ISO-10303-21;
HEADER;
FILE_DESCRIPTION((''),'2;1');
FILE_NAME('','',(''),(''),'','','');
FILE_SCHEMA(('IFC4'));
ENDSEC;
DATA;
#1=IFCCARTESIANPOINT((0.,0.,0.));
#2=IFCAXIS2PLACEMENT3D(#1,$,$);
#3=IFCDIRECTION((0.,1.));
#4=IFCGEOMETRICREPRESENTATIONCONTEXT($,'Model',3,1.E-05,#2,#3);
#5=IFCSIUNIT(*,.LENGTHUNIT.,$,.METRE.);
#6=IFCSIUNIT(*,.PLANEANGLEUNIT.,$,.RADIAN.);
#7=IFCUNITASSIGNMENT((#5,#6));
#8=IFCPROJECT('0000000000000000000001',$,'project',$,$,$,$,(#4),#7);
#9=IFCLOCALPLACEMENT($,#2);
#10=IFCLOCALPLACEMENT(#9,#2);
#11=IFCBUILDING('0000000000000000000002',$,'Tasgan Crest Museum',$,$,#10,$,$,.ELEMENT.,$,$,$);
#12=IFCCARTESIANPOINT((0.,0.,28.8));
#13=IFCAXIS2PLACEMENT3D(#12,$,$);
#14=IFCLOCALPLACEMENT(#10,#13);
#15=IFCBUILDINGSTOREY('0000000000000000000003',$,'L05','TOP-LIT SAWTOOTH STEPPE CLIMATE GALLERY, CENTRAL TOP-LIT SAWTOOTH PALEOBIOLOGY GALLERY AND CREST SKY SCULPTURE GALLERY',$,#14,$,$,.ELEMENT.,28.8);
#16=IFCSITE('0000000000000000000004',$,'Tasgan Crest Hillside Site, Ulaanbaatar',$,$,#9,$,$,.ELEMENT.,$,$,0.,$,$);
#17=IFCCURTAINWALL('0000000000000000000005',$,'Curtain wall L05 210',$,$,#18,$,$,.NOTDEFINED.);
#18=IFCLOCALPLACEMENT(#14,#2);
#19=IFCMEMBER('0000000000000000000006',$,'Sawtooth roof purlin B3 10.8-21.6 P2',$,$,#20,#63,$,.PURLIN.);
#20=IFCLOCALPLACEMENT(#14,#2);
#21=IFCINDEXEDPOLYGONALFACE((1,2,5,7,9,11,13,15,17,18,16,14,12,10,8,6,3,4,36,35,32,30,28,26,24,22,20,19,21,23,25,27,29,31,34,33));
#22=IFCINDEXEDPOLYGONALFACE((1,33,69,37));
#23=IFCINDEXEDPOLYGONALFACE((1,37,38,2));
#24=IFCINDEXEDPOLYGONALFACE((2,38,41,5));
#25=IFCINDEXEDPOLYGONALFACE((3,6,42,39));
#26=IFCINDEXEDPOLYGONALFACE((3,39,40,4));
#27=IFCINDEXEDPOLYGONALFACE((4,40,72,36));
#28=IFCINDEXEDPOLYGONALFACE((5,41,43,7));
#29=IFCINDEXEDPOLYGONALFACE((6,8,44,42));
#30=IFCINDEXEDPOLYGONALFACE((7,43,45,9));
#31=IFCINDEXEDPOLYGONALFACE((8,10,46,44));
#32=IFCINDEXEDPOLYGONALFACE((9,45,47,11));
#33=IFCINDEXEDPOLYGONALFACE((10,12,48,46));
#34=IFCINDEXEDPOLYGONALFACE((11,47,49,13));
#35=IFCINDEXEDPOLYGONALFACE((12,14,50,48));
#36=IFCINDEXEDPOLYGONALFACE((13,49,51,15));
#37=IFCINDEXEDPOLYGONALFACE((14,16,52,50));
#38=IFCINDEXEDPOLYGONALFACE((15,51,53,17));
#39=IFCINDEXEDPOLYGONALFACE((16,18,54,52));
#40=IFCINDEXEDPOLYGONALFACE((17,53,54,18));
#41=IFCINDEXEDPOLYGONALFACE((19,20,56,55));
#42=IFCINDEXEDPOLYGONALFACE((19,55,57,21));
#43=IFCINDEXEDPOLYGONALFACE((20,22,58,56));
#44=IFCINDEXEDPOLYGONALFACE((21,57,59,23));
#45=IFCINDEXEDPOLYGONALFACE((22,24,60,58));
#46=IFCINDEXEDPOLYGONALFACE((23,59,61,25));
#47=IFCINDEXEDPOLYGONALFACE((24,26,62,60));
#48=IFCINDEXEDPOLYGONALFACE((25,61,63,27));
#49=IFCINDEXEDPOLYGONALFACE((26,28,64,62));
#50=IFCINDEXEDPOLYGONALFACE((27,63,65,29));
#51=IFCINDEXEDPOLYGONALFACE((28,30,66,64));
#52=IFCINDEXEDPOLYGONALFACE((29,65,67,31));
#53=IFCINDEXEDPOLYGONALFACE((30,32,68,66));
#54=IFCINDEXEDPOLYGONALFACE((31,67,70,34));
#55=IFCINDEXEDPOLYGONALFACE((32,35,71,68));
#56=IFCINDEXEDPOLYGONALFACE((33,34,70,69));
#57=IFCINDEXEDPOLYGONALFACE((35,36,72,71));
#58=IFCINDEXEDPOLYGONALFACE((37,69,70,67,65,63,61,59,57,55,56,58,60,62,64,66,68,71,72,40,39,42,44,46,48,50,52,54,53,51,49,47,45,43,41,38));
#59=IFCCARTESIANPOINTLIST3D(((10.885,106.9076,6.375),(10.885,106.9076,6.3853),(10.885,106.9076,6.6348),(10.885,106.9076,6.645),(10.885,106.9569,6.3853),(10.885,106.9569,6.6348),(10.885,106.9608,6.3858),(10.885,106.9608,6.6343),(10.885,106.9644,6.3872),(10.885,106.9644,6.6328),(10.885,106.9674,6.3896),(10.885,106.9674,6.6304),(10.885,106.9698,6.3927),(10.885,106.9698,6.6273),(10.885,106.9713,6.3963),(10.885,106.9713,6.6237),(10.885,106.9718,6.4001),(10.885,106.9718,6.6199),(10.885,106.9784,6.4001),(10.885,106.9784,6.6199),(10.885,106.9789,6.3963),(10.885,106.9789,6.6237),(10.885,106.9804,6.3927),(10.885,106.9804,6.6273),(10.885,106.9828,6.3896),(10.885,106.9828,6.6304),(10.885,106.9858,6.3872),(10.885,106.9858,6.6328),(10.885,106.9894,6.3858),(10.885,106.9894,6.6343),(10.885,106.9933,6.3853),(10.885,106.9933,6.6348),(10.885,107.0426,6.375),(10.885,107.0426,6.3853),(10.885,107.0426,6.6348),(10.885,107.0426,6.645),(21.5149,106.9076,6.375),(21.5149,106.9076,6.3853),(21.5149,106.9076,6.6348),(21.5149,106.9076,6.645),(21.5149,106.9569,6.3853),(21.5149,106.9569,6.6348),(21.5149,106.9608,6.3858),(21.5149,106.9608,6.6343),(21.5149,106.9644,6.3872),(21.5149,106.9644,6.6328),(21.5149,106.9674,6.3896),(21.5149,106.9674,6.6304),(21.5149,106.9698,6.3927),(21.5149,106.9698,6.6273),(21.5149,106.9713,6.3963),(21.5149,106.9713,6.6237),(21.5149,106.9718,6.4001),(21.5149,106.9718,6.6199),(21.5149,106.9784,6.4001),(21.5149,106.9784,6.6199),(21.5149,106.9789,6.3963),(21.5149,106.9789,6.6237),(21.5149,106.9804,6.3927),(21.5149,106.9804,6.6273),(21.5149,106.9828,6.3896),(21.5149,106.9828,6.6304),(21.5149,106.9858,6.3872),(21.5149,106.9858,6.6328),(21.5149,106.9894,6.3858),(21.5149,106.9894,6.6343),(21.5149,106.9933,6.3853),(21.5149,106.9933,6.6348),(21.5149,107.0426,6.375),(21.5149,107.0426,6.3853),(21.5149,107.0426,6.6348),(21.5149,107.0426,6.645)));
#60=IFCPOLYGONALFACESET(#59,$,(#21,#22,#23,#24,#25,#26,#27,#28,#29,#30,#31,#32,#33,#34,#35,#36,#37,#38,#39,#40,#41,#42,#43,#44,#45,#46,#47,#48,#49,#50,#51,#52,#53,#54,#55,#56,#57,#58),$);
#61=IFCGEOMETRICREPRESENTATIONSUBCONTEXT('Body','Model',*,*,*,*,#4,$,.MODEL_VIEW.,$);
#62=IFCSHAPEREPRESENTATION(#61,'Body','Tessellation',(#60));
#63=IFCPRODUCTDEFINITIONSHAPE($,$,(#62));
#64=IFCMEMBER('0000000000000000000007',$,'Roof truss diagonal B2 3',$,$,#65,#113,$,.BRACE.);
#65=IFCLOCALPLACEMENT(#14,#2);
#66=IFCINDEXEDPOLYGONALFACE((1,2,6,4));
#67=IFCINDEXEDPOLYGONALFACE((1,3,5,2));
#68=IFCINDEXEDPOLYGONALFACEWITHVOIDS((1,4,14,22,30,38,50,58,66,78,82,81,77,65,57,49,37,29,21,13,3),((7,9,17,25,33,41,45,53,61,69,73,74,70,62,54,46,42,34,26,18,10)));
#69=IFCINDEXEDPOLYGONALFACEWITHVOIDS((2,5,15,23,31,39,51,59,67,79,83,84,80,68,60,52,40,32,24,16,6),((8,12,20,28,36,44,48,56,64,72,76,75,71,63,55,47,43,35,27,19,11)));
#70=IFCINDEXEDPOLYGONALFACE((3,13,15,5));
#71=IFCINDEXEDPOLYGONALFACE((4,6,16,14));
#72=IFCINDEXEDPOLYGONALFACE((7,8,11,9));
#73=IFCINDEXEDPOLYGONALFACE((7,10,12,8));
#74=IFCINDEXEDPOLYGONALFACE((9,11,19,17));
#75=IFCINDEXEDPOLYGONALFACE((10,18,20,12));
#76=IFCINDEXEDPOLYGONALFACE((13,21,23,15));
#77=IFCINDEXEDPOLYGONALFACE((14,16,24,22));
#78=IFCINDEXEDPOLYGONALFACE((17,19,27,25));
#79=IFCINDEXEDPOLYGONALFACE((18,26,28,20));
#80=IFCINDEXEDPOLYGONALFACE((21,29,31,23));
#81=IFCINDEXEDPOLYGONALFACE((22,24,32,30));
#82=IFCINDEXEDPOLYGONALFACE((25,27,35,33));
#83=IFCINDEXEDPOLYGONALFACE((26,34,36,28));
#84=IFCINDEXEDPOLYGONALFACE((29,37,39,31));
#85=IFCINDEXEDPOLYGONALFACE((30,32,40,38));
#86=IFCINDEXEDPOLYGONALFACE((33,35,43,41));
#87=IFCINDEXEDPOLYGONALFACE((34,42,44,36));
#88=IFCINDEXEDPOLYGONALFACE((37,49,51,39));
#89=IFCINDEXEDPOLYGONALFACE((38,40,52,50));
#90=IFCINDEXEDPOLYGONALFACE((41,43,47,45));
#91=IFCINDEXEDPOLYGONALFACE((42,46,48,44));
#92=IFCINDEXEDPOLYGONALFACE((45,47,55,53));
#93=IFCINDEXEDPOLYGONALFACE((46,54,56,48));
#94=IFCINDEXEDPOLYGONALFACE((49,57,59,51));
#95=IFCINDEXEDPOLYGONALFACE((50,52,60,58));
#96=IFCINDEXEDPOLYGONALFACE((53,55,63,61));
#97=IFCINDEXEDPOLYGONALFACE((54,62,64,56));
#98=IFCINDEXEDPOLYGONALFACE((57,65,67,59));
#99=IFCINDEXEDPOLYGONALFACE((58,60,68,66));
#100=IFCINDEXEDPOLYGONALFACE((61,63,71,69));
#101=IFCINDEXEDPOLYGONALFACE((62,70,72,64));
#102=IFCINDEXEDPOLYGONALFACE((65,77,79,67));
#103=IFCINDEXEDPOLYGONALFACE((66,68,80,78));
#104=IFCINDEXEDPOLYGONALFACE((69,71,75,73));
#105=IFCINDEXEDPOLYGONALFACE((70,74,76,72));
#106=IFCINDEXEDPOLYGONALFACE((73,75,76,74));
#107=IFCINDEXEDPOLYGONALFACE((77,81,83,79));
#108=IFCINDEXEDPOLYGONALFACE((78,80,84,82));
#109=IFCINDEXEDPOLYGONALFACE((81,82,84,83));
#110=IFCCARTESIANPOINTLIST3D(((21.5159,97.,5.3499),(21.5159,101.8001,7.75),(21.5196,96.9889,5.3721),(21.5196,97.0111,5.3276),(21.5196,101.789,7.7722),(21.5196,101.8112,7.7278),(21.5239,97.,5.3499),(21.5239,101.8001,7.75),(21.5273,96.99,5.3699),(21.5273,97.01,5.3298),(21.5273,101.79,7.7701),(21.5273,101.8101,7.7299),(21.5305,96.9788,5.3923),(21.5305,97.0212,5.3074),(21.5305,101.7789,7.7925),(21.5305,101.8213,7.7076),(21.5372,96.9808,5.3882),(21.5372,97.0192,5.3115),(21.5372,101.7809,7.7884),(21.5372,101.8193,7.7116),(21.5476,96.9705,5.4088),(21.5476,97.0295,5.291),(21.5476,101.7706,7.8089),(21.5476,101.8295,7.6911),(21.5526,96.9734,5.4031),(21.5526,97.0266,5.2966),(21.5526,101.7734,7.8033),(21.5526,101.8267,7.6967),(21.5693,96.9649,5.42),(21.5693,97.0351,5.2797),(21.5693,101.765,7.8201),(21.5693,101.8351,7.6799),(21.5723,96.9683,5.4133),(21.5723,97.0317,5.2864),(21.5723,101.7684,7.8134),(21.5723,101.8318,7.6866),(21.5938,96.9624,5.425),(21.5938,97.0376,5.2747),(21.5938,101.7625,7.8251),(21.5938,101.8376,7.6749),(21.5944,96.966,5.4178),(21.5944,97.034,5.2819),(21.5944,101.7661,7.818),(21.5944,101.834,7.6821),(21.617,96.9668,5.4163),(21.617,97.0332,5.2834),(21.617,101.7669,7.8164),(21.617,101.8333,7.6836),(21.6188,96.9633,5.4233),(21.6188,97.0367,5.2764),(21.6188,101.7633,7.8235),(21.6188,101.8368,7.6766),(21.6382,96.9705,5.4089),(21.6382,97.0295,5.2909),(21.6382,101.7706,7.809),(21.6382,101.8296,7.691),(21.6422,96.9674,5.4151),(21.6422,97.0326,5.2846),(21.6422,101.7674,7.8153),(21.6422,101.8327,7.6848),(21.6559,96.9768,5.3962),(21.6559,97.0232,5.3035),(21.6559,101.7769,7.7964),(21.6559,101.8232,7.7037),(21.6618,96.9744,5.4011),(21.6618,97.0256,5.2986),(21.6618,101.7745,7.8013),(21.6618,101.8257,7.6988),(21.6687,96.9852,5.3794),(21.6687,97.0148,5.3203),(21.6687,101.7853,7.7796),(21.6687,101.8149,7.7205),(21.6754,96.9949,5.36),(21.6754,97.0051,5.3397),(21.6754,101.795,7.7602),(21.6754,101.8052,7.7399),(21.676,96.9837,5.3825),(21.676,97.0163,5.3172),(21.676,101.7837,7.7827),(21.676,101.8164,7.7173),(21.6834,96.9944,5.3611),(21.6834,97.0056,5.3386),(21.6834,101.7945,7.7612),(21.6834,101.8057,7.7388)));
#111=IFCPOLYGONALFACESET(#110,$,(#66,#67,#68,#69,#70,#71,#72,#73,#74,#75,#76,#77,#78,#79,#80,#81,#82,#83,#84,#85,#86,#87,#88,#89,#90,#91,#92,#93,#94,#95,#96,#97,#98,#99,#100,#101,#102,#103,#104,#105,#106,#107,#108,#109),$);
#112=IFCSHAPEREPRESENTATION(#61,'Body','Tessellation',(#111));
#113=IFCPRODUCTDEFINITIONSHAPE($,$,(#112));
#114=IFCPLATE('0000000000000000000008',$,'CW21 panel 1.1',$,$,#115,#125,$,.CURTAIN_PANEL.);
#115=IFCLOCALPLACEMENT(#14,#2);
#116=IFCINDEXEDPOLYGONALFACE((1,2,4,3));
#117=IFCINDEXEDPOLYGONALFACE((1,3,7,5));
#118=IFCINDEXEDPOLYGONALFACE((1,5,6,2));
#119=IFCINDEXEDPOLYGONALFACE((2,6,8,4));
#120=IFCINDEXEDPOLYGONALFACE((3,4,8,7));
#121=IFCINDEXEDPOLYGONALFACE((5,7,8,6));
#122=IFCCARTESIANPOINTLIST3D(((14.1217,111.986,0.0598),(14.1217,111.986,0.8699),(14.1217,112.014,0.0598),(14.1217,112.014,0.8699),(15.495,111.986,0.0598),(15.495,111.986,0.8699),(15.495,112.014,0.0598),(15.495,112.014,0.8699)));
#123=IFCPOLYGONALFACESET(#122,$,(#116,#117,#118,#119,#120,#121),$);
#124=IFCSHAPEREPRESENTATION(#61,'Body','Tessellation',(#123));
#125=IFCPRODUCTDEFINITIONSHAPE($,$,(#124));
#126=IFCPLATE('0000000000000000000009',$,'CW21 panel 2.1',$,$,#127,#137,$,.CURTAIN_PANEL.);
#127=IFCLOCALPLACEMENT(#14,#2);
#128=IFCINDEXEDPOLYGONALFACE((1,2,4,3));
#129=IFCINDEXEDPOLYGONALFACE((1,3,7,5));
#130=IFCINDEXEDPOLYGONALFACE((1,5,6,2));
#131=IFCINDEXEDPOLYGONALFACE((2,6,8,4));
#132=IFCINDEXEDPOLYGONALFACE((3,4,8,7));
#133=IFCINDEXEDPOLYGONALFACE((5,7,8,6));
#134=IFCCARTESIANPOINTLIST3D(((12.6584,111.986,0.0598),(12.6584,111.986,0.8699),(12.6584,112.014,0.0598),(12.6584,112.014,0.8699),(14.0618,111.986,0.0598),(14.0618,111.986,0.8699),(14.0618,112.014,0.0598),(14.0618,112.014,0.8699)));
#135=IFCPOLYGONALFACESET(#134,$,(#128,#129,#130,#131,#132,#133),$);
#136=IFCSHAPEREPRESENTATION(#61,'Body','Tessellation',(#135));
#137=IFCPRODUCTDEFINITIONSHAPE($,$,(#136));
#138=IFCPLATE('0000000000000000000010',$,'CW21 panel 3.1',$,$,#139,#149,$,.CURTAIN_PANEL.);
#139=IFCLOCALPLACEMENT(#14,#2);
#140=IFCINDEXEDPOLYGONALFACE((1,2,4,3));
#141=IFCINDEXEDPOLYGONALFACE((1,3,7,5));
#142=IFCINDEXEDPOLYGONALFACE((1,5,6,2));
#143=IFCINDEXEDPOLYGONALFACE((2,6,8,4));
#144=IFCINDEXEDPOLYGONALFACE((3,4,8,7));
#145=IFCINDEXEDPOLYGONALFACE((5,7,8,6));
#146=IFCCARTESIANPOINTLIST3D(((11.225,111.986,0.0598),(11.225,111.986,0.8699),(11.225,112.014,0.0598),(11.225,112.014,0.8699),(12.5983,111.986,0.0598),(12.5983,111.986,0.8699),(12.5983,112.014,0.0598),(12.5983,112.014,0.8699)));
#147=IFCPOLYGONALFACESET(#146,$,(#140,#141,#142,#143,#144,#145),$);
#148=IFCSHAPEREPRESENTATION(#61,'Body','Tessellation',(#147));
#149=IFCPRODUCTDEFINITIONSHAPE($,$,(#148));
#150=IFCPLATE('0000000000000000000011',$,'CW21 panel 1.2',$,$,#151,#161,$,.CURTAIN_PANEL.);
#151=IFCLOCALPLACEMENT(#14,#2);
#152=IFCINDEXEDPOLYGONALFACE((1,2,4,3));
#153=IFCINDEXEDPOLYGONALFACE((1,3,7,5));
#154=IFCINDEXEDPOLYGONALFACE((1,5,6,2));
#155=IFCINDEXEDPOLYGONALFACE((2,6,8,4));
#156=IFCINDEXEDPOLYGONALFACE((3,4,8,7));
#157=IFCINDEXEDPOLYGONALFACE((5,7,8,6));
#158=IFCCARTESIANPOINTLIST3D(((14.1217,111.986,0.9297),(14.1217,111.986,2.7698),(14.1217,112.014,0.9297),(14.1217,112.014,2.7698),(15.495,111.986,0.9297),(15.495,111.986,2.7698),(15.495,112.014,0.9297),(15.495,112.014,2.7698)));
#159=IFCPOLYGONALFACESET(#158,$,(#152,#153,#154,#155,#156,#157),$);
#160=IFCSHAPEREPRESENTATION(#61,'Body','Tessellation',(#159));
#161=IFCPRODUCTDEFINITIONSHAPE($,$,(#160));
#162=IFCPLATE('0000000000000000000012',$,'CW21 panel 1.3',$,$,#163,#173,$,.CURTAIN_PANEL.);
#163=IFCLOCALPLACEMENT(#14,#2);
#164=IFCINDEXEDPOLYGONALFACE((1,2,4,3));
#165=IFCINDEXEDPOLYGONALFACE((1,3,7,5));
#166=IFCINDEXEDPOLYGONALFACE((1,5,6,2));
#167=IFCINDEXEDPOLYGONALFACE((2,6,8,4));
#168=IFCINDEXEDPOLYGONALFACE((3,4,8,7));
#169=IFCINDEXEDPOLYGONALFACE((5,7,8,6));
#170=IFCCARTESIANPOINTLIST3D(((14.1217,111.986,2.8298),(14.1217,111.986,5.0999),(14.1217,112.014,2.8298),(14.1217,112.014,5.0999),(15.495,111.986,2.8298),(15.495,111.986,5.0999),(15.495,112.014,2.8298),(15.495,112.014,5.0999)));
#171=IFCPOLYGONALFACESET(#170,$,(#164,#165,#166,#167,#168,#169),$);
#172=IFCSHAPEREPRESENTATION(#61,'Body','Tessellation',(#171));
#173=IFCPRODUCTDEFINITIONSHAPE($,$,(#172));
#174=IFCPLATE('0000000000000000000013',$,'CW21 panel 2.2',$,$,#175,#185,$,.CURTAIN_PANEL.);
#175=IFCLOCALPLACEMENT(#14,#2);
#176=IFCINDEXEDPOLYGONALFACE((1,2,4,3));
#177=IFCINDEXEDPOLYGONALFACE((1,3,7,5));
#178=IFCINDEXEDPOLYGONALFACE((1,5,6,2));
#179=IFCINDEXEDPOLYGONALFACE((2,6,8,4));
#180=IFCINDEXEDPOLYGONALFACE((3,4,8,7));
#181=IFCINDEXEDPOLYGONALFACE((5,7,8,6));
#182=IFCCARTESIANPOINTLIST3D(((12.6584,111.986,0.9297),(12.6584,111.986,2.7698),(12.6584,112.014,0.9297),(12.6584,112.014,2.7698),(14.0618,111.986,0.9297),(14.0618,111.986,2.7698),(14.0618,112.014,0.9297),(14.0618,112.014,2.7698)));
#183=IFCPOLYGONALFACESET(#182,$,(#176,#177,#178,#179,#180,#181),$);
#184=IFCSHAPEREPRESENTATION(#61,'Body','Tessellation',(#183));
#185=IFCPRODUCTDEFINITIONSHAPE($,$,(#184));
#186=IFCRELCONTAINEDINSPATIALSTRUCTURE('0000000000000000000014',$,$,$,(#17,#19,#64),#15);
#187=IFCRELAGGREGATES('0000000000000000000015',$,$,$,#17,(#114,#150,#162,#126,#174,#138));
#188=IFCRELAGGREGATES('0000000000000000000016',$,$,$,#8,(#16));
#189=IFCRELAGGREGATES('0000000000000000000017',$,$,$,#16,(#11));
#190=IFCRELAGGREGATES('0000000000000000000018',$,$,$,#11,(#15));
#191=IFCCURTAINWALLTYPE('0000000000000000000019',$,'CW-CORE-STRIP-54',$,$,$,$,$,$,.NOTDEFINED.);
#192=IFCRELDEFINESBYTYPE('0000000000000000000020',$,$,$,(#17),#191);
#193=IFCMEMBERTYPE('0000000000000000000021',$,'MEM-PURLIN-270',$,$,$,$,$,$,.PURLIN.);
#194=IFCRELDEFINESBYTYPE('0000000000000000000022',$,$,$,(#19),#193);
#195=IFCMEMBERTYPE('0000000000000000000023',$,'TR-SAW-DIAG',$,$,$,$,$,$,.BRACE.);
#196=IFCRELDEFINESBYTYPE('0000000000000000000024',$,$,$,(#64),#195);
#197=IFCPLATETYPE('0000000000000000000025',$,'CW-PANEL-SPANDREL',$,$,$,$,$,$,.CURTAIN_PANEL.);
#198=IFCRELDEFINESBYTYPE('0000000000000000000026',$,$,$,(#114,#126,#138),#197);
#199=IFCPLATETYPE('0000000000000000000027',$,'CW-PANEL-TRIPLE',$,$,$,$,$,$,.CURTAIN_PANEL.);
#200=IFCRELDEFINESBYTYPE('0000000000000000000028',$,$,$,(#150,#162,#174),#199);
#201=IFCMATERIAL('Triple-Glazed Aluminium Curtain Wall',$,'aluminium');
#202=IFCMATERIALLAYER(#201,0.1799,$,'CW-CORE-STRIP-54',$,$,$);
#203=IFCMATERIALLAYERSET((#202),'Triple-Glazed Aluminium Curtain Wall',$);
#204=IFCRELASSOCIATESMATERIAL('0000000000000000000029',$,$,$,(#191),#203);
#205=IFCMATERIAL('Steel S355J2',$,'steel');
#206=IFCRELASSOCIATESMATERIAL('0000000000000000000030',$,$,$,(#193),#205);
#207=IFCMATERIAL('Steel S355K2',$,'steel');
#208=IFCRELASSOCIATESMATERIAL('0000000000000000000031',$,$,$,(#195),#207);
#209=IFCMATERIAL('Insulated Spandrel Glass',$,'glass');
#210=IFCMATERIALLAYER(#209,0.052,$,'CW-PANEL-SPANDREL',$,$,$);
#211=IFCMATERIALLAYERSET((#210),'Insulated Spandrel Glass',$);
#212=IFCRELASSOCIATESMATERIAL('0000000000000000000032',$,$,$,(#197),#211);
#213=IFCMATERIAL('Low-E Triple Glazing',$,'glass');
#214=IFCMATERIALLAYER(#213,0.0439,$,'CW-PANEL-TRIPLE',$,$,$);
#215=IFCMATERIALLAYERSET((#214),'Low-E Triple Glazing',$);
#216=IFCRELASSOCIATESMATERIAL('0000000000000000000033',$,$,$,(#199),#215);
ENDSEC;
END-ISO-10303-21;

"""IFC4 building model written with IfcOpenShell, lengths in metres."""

from ifc_helpers import new_model, si_unit, direction, frame, origin, origin_2d, place, context, subcontext, project, spatial, rectangle, hollow_circle, i_section, extrude, material, layer, layer_set, material_profile, profile_set, type_object, element, aggregate, save


model = new_model("IFC4")

# Units and contexts
model_context = context("Model", 3, precision=1e-05, world=origin(), true_north=direction((0.0, 1.0)))
body_context = subcontext(model_context, "Body", "Model", "MODEL_VIEW")
ifc_project = project(units=[si_unit("LENGTHUNIT", "METRE"), si_unit("PLANEANGLEUNIT", "RADIAN")], contexts=[model_context])

# Site, building, storey
site_placement = place(None, origin())
site = spatial("IfcSite", under=ifc_project, at=site_placement, Name="Tasgan Crest Hillside Site, Ulaanbaatar", CompositionType="ELEMENT", RefElevation=0.0)
building_placement = place(site_placement, origin())
building = spatial("IfcBuilding", under=site, at=building_placement, Name="Tasgan Crest Museum", CompositionType="ELEMENT")
storey_placement = place(building_placement, frame((0.0, 0.0, 28.8)))
storey = spatial("IfcBuildingStorey", under=building, at=storey_placement, Name="L05", Description="TOP-LIT SAWTOOTH STEPPE CLIMATE GALLERY, CENTRAL TOP-LIT SAWTOOTH PALEOBIOLOGY GALLERY AND CREST SKY SCULPTURE GALLERY", CompositionType="ELEMENT", Elevation=28.8)

# Curtain wall
ifc_material_1 = material(Name="Triple-Glazed Aluminium Curtain Wall", Category="aluminium")
ifc_layer_1 = layer(ifc_material_1, 0.1799, Name="CW-CORE-STRIP-54")
ifc_layer_set_1 = layer_set([ifc_layer_1], Name="Triple-Glazed Aluminium Curtain Wall")
curtain_wall_type = type_object("IfcCurtainWallType", Name="CW-CORE-STRIP-54", PredefinedType="NOTDEFINED", material=ifc_layer_set_1)
curtain_wall_placement = place(storey_placement, origin())
curtain_wall = element("IfcCurtainWall", 1, at=curtain_wall_placement, inside=storey, type_object=curtain_wall_type, Name="Curtain wall L05 210", PredefinedType="NOTDEFINED")

# Members
ifc_material_2 = material(Name="Steel S355J2", Category="steel")
ifc_material_profile_1 = material_profile(ifc_material_2, i_section(OverallWidth=0.135, OverallDepth=0.27, WebThickness=0.0066, FlangeThickness=0.0103, FilletRadius=0.0149, at=origin_2d()), Name="IPE 270")
ifc_profile_set_1 = profile_set([ifc_material_profile_1], Name="Steel S355J2")
member_type_1 = type_object("IfcMemberType", Name="MEM-PURLIN-270", PredefinedType="PURLIN", material=ifc_profile_set_1)
member_1_placement = place(storey_placement, frame((10.885, 106.9751, 6.51), z_axis=(1.0, 0.0, 0.0), x_axis=(0.0, 1.0, 0.0)))
element("IfcMember", 2, at=member_1_placement, inside=storey, type_object=member_type_1, Name="Sawtooth roof purlin B3 10.8-21.6 P2", PredefinedType="PURLIN", context=body_context, shape_type="SweptSolid", body=[
    extrude(i_section(OverallWidth=0.135, OverallDepth=0.27, WebThickness=0.0066, FlangeThickness=0.0103, FilletRadius=0.0149, at=origin_2d()), origin(), (0.0, 0.0, 1.0), 10.6299),
])
ifc_material_3 = material(Name="Steel S355K2", Category="steel")
ifc_material_profile_2 = material_profile(ifc_material_3, hollow_circle(Radius=0.0842, WallThickness=0.0081, at=origin_2d()), Name="CHS 168.3x8")
ifc_profile_set_2 = profile_set([ifc_material_profile_2], Name="Steel S355K2")
member_type_2 = type_object("IfcMemberType", Name="TR-SAW-DIAG", PredefinedType="BRACE", material=ifc_profile_set_2)
member_2_placement = place(storey_placement, frame((21.6001, 97.0, 5.3499), z_axis=(0.0, 0.894418, 0.447232), x_axis=(-1.0, 0.0, 0.0)))
element("IfcMember", 3, at=member_2_placement, inside=storey, type_object=member_type_2, Name="Roof truss diagonal B2 3", PredefinedType="BRACE", context=body_context, shape_type="SweptSolid", body=[
    extrude(hollow_circle(Radius=0.0842, WallThickness=0.0081, at=origin_2d()), origin(), (0.0, 0.0, 1.0), 5.3667),
])

# Plates
ifc_material_4 = material(Name="Insulated Spandrel Glass", Category="glass")
ifc_layer_2 = layer(ifc_material_4, 0.052, Name="CW-PANEL-SPANDREL")
ifc_layer_set_2 = layer_set([ifc_layer_2], Name="Insulated Spandrel Glass")
plate_type_1 = type_object("IfcPlateType", Name="CW-PANEL-SPANDREL", PredefinedType="CURTAIN_PANEL", material=ifc_layer_set_2)
plate_1_placement = place(storey_placement, frame((14.8083, 112.0, 0.0598), z_axis=(0.0, 0.0, 1.0), x_axis=(-1.0, 0.0, 0.0)))
plate_1 = element("IfcPlate", 4, at=plate_1_placement, type_object=plate_type_1, Name="CW21 panel 1.1", PredefinedType="CURTAIN_PANEL", context=body_context, shape_type="SweptSolid", body=[
    extrude(rectangle(XDim=1.3733, YDim=0.0281, at=origin_2d()), origin(), (0.0, 0.0, 1.0), 0.8101),
])
plate_2_placement = place(storey_placement, frame((13.3601, 112.0, 0.0598), z_axis=(0.0, 0.0, 1.0), x_axis=(-1.0, 0.0, 0.0)))
plate_2 = element("IfcPlate", 5, at=plate_2_placement, type_object=plate_type_1, Name="CW21 panel 2.1", PredefinedType="CURTAIN_PANEL", context=body_context, shape_type="SweptSolid", body=[
    extrude(rectangle(XDim=1.4033, YDim=0.0281, at=origin_2d()), origin(), (0.0, 0.0, 1.0), 0.8101),
])
plate_3_placement = place(storey_placement, frame((11.9116, 112.0, 0.0598), z_axis=(0.0, 0.0, 1.0), x_axis=(-1.0, 0.0, 0.0)))
plate_3 = element("IfcPlate", 6, at=plate_3_placement, type_object=plate_type_1, Name="CW21 panel 3.1", PredefinedType="CURTAIN_PANEL", context=body_context, shape_type="SweptSolid", body=[
    extrude(rectangle(XDim=1.3733, YDim=0.0281, at=origin_2d()), origin(), (0.0, 0.0, 1.0), 0.8101),
])
ifc_material_5 = material(Name="Low-E Triple Glazing", Category="glass")
ifc_layer_3 = layer(ifc_material_5, 0.0439, Name="CW-PANEL-TRIPLE")
ifc_layer_set_3 = layer_set([ifc_layer_3], Name="Low-E Triple Glazing")
plate_type_2 = type_object("IfcPlateType", Name="CW-PANEL-TRIPLE", PredefinedType="CURTAIN_PANEL", material=ifc_layer_set_3)
plate_4_placement = place(storey_placement, frame((14.8083, 112.0, 0.9297), z_axis=(0.0, 0.0, 1.0), x_axis=(-1.0, 0.0, 0.0)))
plate_4 = element("IfcPlate", 7, at=plate_4_placement, type_object=plate_type_2, Name="CW21 panel 1.2", PredefinedType="CURTAIN_PANEL", context=body_context, shape_type="SweptSolid", body=[
    extrude(rectangle(XDim=1.3733, YDim=0.0281, at=origin_2d()), origin(), (0.0, 0.0, 1.0), 1.8401),
])
plate_5_placement = place(storey_placement, frame((14.8083, 112.0, 2.8298), z_axis=(0.0, 0.0, 1.0), x_axis=(-1.0, 0.0, 0.0)))
plate_5 = element("IfcPlate", 8, at=plate_5_placement, type_object=plate_type_2, Name="CW21 panel 1.3", PredefinedType="CURTAIN_PANEL", context=body_context, shape_type="SweptSolid", body=[
    extrude(rectangle(XDim=1.3733, YDim=0.0281, at=origin_2d()), origin(), (0.0, 0.0, 1.0), 2.27),
])
plate_6_placement = place(storey_placement, frame((13.3601, 112.0, 0.9297), z_axis=(0.0, 0.0, 1.0), x_axis=(-1.0, 0.0, 0.0)))
plate_6 = element("IfcPlate", 9, at=plate_6_placement, type_object=plate_type_2, Name="CW21 panel 2.2", PredefinedType="CURTAIN_PANEL", context=body_context, shape_type="SweptSolid", body=[
    extrude(rectangle(XDim=1.4033, YDim=0.0281, at=origin_2d()), origin(), (0.0, 0.0, 1.0), 1.8401),
])
aggregate(curtain_wall, [plate_1, plate_4, plate_5, plate_2, plate_6, plate_3])

save(model, "model.ifc")
